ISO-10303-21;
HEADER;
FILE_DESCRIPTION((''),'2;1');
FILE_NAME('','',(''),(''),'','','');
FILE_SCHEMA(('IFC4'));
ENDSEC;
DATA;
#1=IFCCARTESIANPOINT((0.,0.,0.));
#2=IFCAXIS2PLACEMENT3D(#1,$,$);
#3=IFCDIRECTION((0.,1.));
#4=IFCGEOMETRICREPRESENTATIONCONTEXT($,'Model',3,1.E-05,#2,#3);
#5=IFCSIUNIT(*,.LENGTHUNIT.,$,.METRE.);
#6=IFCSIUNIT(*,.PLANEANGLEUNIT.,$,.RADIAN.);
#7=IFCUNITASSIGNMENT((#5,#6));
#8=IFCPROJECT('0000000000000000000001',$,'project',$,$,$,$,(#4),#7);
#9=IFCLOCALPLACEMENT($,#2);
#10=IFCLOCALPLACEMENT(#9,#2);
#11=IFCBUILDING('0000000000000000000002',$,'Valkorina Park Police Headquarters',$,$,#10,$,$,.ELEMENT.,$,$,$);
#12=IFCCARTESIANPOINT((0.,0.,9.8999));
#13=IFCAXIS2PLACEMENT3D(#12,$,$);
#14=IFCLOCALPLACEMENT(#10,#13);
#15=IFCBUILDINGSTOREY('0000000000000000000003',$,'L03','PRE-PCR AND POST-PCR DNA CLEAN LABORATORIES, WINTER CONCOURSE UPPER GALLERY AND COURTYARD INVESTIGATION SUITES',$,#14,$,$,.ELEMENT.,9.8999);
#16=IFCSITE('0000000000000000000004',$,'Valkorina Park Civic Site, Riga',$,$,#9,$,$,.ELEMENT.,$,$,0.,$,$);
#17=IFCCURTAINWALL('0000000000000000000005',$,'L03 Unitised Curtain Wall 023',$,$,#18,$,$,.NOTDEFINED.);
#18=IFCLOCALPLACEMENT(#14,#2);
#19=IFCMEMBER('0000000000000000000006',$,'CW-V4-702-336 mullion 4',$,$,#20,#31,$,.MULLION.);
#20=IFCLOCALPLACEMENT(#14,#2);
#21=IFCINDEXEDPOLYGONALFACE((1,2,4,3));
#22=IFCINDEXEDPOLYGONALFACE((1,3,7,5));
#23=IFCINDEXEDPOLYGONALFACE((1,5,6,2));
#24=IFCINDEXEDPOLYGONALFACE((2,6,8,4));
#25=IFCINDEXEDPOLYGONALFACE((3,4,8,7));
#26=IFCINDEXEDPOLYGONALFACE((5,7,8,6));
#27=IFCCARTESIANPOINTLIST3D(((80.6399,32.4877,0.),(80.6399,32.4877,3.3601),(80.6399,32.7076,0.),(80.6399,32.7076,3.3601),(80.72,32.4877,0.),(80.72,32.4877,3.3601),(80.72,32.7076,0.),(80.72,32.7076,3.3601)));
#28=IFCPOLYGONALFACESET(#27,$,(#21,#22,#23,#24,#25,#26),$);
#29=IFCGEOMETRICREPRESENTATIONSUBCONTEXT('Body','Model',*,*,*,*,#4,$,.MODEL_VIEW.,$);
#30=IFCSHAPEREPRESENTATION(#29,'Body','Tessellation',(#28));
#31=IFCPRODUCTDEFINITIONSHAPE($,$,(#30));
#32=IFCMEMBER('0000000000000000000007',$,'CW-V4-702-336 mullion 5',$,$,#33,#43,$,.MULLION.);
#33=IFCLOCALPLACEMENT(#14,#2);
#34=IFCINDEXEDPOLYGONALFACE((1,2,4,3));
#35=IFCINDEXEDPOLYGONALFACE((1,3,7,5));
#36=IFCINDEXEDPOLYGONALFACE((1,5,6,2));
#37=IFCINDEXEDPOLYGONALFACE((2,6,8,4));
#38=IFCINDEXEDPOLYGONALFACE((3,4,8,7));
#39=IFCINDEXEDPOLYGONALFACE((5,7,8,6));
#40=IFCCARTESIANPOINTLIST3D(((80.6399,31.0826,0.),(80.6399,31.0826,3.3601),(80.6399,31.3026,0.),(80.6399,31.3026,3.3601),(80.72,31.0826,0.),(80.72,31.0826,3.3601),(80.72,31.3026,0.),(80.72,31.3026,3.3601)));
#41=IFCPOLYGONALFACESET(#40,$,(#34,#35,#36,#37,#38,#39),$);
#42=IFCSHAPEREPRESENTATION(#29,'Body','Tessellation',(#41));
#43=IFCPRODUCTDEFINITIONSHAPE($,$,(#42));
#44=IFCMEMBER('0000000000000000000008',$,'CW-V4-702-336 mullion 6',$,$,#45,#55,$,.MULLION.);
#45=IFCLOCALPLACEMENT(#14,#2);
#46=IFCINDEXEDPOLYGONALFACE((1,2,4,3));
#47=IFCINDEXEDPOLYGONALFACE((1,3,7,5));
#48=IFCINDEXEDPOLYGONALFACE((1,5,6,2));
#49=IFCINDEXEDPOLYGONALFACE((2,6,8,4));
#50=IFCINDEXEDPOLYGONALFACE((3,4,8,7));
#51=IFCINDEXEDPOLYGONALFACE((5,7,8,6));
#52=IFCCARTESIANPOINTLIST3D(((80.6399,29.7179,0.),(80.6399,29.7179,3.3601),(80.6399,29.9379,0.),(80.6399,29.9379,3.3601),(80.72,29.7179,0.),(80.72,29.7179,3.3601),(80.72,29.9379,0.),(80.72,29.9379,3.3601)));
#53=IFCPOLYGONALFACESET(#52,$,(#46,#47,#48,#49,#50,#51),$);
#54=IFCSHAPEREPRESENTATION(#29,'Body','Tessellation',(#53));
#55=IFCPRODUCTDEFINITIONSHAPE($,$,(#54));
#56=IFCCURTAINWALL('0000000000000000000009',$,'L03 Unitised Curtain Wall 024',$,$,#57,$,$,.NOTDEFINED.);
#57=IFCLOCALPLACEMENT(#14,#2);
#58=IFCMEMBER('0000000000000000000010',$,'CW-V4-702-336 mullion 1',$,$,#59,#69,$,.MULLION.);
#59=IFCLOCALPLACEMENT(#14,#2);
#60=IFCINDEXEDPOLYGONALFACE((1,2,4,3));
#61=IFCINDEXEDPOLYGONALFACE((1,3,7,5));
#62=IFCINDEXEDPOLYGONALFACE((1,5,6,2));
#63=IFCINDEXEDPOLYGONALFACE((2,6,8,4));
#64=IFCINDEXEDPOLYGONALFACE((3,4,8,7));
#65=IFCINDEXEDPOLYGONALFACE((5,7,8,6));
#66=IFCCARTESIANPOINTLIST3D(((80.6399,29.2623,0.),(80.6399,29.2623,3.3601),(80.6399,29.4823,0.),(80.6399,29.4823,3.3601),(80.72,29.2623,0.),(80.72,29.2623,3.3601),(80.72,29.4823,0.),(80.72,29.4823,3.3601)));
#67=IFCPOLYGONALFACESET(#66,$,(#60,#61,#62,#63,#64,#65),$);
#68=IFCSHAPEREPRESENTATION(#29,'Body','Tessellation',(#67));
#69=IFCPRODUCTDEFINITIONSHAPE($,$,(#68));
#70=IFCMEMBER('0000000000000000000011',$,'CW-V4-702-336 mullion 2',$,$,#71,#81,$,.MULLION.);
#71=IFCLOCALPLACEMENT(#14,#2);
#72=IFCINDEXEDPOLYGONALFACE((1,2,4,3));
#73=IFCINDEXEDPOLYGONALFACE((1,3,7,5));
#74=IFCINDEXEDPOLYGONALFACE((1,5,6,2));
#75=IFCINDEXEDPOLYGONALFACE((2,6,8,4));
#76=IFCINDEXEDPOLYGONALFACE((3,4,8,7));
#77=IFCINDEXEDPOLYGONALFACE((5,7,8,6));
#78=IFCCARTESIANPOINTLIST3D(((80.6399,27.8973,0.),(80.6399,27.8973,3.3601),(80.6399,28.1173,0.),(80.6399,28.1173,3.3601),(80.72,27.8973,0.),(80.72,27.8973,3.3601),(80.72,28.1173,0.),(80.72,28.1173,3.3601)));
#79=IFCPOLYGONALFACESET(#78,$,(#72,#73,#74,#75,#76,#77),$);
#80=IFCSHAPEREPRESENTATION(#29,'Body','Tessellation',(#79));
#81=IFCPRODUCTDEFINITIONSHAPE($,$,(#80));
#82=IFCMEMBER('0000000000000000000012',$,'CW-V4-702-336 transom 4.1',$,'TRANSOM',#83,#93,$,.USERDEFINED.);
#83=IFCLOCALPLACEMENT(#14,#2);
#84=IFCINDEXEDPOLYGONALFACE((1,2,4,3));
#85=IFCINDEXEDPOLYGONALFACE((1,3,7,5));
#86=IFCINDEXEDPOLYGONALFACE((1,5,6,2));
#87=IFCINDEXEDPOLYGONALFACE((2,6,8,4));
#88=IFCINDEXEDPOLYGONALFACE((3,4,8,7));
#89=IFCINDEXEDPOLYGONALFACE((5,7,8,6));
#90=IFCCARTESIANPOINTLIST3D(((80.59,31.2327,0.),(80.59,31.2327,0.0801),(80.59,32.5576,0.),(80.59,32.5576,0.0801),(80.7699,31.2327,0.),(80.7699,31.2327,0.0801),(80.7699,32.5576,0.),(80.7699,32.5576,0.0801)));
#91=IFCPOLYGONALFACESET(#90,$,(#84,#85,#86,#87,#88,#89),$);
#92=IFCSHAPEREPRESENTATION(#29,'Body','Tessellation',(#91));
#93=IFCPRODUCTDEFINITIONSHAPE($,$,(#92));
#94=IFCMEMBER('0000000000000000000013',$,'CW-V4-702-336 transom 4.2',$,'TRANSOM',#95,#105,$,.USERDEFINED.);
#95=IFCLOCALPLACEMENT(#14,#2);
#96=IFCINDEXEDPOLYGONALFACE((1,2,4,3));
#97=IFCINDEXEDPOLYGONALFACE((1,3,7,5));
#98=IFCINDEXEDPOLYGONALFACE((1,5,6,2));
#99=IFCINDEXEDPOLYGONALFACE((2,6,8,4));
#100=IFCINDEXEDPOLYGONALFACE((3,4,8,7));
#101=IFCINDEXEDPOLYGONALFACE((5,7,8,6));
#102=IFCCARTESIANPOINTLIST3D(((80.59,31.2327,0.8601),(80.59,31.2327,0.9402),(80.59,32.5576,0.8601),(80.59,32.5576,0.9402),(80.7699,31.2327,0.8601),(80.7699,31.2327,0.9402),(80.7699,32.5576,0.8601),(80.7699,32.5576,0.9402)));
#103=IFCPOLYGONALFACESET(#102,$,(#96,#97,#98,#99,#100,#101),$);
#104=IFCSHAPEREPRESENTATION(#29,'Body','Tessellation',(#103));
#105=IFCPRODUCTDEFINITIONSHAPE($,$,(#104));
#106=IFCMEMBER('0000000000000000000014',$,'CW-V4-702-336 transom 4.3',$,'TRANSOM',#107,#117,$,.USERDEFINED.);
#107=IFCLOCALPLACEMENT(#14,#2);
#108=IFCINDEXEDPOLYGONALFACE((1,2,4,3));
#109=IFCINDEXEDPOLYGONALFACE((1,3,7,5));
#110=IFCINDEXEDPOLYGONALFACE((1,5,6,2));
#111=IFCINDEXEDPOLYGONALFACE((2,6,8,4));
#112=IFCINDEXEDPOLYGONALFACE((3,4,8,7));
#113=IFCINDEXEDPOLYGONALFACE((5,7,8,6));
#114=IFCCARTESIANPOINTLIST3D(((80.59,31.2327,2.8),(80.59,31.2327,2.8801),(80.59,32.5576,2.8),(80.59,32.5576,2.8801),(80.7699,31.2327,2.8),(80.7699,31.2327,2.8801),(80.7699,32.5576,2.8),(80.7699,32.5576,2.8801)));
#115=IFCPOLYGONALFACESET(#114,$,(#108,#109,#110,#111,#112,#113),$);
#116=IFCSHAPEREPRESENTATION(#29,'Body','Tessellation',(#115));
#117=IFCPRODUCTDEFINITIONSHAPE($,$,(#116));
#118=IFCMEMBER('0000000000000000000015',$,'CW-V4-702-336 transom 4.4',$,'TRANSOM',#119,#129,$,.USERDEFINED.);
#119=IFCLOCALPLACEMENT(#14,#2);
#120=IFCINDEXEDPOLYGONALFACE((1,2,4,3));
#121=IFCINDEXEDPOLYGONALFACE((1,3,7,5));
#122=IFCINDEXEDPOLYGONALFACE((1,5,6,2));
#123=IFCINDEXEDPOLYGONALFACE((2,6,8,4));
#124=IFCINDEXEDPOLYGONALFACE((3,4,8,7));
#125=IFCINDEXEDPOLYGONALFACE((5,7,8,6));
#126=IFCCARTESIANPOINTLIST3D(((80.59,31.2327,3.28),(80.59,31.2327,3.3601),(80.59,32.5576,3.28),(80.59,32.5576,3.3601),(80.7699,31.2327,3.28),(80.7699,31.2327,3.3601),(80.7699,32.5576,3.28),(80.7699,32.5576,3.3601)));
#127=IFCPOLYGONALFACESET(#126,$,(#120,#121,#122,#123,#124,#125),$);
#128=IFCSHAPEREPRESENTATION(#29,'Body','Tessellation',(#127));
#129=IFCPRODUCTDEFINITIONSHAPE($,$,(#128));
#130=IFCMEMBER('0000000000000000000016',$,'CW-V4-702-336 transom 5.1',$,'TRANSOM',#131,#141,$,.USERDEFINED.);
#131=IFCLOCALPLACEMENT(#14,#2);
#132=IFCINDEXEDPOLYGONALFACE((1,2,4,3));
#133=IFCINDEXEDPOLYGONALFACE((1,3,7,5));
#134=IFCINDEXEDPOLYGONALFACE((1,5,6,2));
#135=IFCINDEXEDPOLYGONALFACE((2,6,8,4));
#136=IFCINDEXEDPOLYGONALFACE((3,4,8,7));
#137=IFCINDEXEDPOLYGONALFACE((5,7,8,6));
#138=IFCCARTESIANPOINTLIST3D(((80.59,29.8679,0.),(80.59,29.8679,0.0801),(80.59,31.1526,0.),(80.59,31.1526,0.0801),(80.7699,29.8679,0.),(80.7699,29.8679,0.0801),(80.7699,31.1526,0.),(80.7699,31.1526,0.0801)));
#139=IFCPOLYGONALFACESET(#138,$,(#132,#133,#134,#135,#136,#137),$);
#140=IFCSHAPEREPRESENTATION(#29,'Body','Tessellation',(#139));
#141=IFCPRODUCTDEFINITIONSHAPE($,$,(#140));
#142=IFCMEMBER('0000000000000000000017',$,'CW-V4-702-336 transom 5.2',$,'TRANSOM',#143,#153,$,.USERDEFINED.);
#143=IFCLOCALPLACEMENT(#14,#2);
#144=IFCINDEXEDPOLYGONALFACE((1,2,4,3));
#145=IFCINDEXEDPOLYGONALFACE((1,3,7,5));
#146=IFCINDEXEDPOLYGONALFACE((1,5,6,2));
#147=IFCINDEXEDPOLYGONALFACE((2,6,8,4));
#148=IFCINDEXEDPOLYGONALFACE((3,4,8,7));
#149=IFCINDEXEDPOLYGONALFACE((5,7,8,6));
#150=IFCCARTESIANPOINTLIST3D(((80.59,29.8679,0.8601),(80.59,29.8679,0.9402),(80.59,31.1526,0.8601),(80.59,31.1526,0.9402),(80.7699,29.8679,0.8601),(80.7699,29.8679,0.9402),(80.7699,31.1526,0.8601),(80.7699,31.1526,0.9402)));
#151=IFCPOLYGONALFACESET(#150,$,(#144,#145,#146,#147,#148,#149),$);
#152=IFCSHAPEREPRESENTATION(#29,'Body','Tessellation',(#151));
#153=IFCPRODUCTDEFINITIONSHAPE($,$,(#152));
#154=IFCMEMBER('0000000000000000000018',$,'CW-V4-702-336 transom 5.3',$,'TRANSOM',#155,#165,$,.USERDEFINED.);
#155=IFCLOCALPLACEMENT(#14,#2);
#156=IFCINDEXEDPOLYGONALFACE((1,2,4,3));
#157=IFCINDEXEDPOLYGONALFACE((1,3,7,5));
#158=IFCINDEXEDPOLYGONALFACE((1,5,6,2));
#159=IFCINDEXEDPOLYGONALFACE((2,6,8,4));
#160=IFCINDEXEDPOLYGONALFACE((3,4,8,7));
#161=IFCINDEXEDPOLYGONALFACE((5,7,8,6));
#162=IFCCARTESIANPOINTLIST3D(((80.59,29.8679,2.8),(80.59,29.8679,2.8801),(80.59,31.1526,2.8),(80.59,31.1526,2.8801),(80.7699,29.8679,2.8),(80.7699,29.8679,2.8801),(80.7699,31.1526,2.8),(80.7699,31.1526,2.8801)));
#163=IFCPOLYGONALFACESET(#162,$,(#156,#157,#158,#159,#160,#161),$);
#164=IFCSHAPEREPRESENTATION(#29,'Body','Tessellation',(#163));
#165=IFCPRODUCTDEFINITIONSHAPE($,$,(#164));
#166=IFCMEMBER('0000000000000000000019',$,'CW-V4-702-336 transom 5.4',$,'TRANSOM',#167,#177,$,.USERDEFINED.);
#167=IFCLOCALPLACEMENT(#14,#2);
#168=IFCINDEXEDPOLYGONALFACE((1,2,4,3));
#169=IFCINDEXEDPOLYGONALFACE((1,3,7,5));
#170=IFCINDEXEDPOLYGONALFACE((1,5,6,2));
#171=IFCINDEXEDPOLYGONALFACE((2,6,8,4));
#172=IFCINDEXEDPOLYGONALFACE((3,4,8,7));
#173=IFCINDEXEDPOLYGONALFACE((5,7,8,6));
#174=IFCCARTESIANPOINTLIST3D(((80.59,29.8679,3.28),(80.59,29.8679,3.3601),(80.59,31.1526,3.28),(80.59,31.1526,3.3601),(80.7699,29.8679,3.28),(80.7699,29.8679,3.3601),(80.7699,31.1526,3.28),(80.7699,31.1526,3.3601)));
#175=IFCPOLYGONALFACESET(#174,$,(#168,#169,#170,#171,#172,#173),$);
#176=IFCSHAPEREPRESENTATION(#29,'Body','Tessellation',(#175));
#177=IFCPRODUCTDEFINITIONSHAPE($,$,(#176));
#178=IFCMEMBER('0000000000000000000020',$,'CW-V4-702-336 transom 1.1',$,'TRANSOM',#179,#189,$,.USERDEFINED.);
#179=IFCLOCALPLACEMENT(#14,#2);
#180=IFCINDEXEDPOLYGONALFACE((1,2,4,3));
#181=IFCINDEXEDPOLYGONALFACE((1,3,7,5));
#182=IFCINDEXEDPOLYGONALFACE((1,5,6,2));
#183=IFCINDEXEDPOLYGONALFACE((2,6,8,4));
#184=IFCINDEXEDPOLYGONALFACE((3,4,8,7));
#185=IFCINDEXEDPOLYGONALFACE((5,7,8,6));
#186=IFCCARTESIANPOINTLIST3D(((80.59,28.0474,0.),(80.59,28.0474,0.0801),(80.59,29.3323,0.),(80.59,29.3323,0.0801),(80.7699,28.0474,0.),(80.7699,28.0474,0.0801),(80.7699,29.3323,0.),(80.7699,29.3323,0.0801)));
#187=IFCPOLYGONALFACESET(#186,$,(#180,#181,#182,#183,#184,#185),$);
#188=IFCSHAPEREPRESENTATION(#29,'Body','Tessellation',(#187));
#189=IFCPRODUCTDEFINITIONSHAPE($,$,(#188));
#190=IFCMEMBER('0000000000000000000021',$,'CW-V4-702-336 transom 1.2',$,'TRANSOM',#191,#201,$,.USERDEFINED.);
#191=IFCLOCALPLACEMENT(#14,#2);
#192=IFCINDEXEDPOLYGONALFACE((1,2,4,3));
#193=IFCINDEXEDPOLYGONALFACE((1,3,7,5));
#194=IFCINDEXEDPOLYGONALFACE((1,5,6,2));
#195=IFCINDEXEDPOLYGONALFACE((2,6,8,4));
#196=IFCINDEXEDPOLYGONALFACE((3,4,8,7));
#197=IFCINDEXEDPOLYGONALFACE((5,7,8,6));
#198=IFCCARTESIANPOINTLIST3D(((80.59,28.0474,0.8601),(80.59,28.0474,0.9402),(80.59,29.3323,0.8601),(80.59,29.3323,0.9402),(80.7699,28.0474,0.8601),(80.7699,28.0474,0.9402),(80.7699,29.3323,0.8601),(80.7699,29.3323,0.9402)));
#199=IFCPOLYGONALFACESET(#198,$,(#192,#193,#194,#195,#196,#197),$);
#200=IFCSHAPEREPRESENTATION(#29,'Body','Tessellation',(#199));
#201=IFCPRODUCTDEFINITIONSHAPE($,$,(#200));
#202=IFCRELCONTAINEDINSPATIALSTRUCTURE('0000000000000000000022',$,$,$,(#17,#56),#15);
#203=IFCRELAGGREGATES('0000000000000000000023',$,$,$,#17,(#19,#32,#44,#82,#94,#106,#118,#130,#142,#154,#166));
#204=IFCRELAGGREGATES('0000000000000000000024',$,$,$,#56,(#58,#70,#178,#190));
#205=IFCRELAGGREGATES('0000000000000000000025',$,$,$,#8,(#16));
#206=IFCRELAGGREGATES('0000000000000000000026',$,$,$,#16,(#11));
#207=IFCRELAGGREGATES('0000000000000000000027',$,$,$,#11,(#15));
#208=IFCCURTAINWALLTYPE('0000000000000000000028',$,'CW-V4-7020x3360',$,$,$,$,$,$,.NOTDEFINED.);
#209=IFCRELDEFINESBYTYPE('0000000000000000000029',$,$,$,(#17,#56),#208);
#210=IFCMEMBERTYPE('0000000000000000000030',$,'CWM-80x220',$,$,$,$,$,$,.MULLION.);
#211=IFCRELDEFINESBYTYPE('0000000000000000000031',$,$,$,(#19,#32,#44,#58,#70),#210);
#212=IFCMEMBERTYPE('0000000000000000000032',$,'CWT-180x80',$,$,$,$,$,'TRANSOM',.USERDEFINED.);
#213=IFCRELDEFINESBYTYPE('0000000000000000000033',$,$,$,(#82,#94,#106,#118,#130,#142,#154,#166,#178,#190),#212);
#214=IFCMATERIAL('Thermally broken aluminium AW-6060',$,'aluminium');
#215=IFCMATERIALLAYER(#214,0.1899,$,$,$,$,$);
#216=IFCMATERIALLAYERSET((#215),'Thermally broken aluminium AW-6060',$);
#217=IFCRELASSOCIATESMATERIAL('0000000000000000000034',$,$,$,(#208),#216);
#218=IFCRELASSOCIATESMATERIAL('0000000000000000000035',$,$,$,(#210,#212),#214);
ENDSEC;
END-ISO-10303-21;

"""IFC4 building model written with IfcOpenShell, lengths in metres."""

from ifc_helpers import new_model, si_unit, direction, frame, origin, origin_2d, place, context, subcontext, project, spatial, rectangle, extrude, material, layer, layer_set, material_profile, profile_set, type_object, element, aggregate, save


model = new_model("IFC4")

# Units and contexts
model_context = context("Model", 3, precision=1e-05, world=origin(), true_north=direction((0.0, 1.0)))
body_context = subcontext(model_context, "Body", "Model", "MODEL_VIEW")
ifc_project = project(units=[si_unit("LENGTHUNIT", "METRE"), si_unit("PLANEANGLEUNIT", "RADIAN")], contexts=[model_context])

# Site, building, storey
site_placement = place(None, origin())
site = spatial("IfcSite", under=ifc_project, at=site_placement, Name="Valkorina Park Civic Site, Riga", CompositionType="ELEMENT", RefElevation=0.0)
building_placement = place(site_placement, origin())
building = spatial("IfcBuilding", under=site, at=building_placement, Name="Valkorina Park Police Headquarters", CompositionType="ELEMENT")
storey_placement = place(building_placement, frame((0.0, 0.0, 9.8999)))
storey = spatial("IfcBuildingStorey", under=building, at=storey_placement, Name="L03", Description="PRE-PCR AND POST-PCR DNA CLEAN LABORATORIES, WINTER CONCOURSE UPPER GALLERY AND COURTYARD INVESTIGATION SUITES", CompositionType="ELEMENT", Elevation=9.8999)

# Curtain walls, members
ifc_material_1 = material(Name="Thermally broken aluminium AW-6060", Category="aluminium")
ifc_layer_1 = layer(ifc_material_1, 0.1899)
ifc_layer_set_1 = layer_set([ifc_layer_1], Name="Thermally broken aluminium AW-6060")
curtain_wall_type = type_object("IfcCurtainWallType", Name="CW-V4-7020x3360", PredefinedType="NOTDEFINED", material=ifc_layer_set_1)
curtain_wall_1_placement = place(storey_placement, origin())
curtain_wall_1 = element("IfcCurtainWall", 1, at=curtain_wall_1_placement, inside=storey, type_object=curtain_wall_type, Name="L03 Unitised Curtain Wall 023", PredefinedType="NOTDEFINED")
ifc_material_profile_1 = material_profile(ifc_material_1, rectangle(XDim=0.0801, YDim=0.22, at=origin_2d()), Name="CWM-03 80x220")
ifc_profile_set_1 = profile_set([ifc_material_profile_1], Name="Thermally broken aluminium AW-6060")
member_type_1 = type_object("IfcMemberType", Name="CWM-80x220", PredefinedType="MULLION", material=ifc_profile_set_1)
member_1_placement = place(storey_placement, frame((80.6799, 32.5977, 0.0), z_axis=(0.0, 0.0, 1.0), x_axis=(1.0, 0.0, 0.0)))
member_1 = element("IfcMember", 2, at=member_1_placement, type_object=member_type_1, Name="CW-V4-702-336 mullion 4", PredefinedType="MULLION", context=body_context, shape_type="SweptSolid", body=[
    extrude(rectangle(XDim=0.0801, YDim=0.22, at=origin_2d()), origin(), (0.0, 0.0, 1.0), 3.3601),
])
member_2_placement = place(storey_placement, frame((80.6799, 31.1926, 0.0), z_axis=(0.0, 0.0, 1.0), x_axis=(1.0, 0.0, 0.0)))
member_2 = element("IfcMember", 3, at=member_2_placement, type_object=member_type_1, Name="CW-V4-702-336 mullion 5", PredefinedType="MULLION", context=body_context, shape_type="SweptSolid", body=[
    extrude(rectangle(XDim=0.0801, YDim=0.22, at=origin_2d()), origin(), (0.0, 0.0, 1.0), 3.3601),
])
member_3_placement = place(storey_placement, frame((80.6799, 29.8279, 0.0), z_axis=(0.0, 0.0, 1.0), x_axis=(1.0, 0.0, 0.0)))
member_3 = element("IfcMember", 4, at=member_3_placement, type_object=member_type_1, Name="CW-V4-702-336 mullion 6", PredefinedType="MULLION", context=body_context, shape_type="SweptSolid", body=[
    extrude(rectangle(XDim=0.0801, YDim=0.22, at=origin_2d()), origin(), (0.0, 0.0, 1.0), 3.3601),
])
curtain_wall_2_placement = place(storey_placement, origin())
curtain_wall_2 = element("IfcCurtainWall", 5, at=curtain_wall_2_placement, inside=storey, type_object=curtain_wall_type, Name="L03 Unitised Curtain Wall 024", PredefinedType="NOTDEFINED")
member_4_placement = place(storey_placement, frame((80.6799, 29.3723, 0.0), z_axis=(0.0, 0.0, 1.0), x_axis=(1.0, 0.0, 0.0)))
member_4 = element("IfcMember", 6, at=member_4_placement, type_object=member_type_1, Name="CW-V4-702-336 mullion 1", PredefinedType="MULLION", context=body_context, shape_type="SweptSolid", body=[
    extrude(rectangle(XDim=0.0801, YDim=0.22, at=origin_2d()), origin(), (0.0, 0.0, 1.0), 3.3601),
])
member_5_placement = place(storey_placement, frame((80.6799, 28.0073, 0.0), z_axis=(0.0, 0.0, 1.0), x_axis=(1.0, 0.0, 0.0)))
member_5 = element("IfcMember", 7, at=member_5_placement, type_object=member_type_1, Name="CW-V4-702-336 mullion 2", PredefinedType="MULLION", context=body_context, shape_type="SweptSolid", body=[
    extrude(rectangle(XDim=0.0801, YDim=0.22, at=origin_2d()), origin(), (0.0, 0.0, 1.0), 3.3601),
])

# Members
ifc_material_profile_2 = material_profile(ifc_material_1, rectangle(XDim=0.1799, YDim=0.0801, at=origin_2d()), Name="CWT-03 180x80")
ifc_profile_set_2 = profile_set([ifc_material_profile_2], Name="Thermally broken aluminium AW-6060")
member_type_2 = type_object("IfcMemberType", Name="CWT-180x80", ElementType="TRANSOM", PredefinedType="USERDEFINED", material=ifc_profile_set_2)
member_6_placement = place(storey_placement, frame((80.6799, 32.5576, 0.04), z_axis=(0.0, -1.0, 0.0), x_axis=(1.0, 0.0, 0.0)))
member_6 = element("IfcMember", 8, at=member_6_placement, type_object=member_type_2, Name="CW-V4-702-336 transom 4.1", ObjectType="TRANSOM", PredefinedType="USERDEFINED", context=body_context, shape_type="SweptSolid", body=[
    extrude(rectangle(XDim=0.1799, YDim=0.0801, at=origin_2d()), origin(), (0.0, 0.0, 1.0), 1.325),
])
member_7_placement = place(storey_placement, frame((80.6799, 32.5576, 0.9001), z_axis=(0.0, -1.0, 0.0), x_axis=(1.0, 0.0, 0.0)))
member_7 = element("IfcMember", 9, at=member_7_placement, type_object=member_type_2, Name="CW-V4-702-336 transom 4.2", ObjectType="TRANSOM", PredefinedType="USERDEFINED", context=body_context, shape_type="SweptSolid", body=[
    extrude(rectangle(XDim=0.1799, YDim=0.0801, at=origin_2d()), origin(), (0.0, 0.0, 1.0), 1.325),
])
member_8_placement = place(storey_placement, frame((80.6799, 32.5576, 2.8401), z_axis=(0.0, -1.0, 0.0), x_axis=(1.0, 0.0, 0.0)))
member_8 = element("IfcMember", 10, at=member_8_placement, type_object=member_type_2, Name="CW-V4-702-336 transom 4.3", ObjectType="TRANSOM", PredefinedType="USERDEFINED", context=body_context, shape_type="SweptSolid", body=[
    extrude(rectangle(XDim=0.1799, YDim=0.0801, at=origin_2d()), origin(), (0.0, 0.0, 1.0), 1.325),
])
member_9_placement = place(storey_placement, frame((80.6799, 32.5576, 3.3201), z_axis=(0.0, -1.0, 0.0), x_axis=(1.0, 0.0, 0.0)))
member_9 = element("IfcMember", 11, at=member_9_placement, type_object=member_type_2, Name="CW-V4-702-336 transom 4.4", ObjectType="TRANSOM", PredefinedType="USERDEFINED", context=body_context, shape_type="SweptSolid", body=[
    extrude(rectangle(XDim=0.1799, YDim=0.0801, at=origin_2d()), origin(), (0.0, 0.0, 1.0), 1.325),
])
member_10_placement = place(storey_placement, frame((80.6799, 31.1526, 0.04), z_axis=(0.0, -1.0, 0.0), x_axis=(1.0, 0.0, 0.0)))
member_10 = element("IfcMember", 12, at=member_10_placement, type_object=member_type_2, Name="CW-V4-702-336 transom 5.1", ObjectType="TRANSOM", PredefinedType="USERDEFINED", context=body_context, shape_type="SweptSolid", body=[
    extrude(rectangle(XDim=0.1799, YDim=0.0801, at=origin_2d()), origin(), (0.0, 0.0, 1.0), 1.2847),
])
member_11_placement = place(storey_placement, frame((80.6799, 31.1526, 0.9001), z_axis=(0.0, -1.0, 0.0), x_axis=(1.0, 0.0, 0.0)))
member_11 = element("IfcMember", 13, at=member_11_placement, type_object=member_type_2, Name="CW-V4-702-336 transom 5.2", ObjectType="TRANSOM", PredefinedType="USERDEFINED", context=body_context, shape_type="SweptSolid", body=[
    extrude(rectangle(XDim=0.1799, YDim=0.0801, at=origin_2d()), origin(), (0.0, 0.0, 1.0), 1.2847),
])
member_12_placement = place(storey_placement, frame((80.6799, 31.1526, 2.8401), z_axis=(0.0, -1.0, 0.0), x_axis=(1.0, 0.0, 0.0)))
member_12 = element("IfcMember", 14, at=member_12_placement, type_object=member_type_2, Name="CW-V4-702-336 transom 5.3", ObjectType="TRANSOM", PredefinedType="USERDEFINED", context=body_context, shape_type="SweptSolid", body=[
    extrude(rectangle(XDim=0.1799, YDim=0.0801, at=origin_2d()), origin(), (0.0, 0.0, 1.0), 1.2847),
])
member_13_placement = place(storey_placement, frame((80.6799, 31.1526, 3.3201), z_axis=(0.0, -1.0, 0.0), x_axis=(1.0, 0.0, 0.0)))
member_13 = element("IfcMember", 15, at=member_13_placement, type_object=member_type_2, Name="CW-V4-702-336 transom 5.4", ObjectType="TRANSOM", PredefinedType="USERDEFINED", context=body_context, shape_type="SweptSolid", body=[
    extrude(rectangle(XDim=0.1799, YDim=0.0801, at=origin_2d()), origin(), (0.0, 0.0, 1.0), 1.2847),
])
member_14_placement = place(storey_placement, frame((80.6799, 29.3323, 0.04), z_axis=(0.0, -1.0, 0.0), x_axis=(1.0, 0.0, 0.0)))
member_14 = element("IfcMember", 16, at=member_14_placement, type_object=member_type_2, Name="CW-V4-702-336 transom 1.1", ObjectType="TRANSOM", PredefinedType="USERDEFINED", context=body_context, shape_type="SweptSolid", body=[
    extrude(rectangle(XDim=0.1799, YDim=0.0801, at=origin_2d()), origin(), (0.0, 0.0, 1.0), 1.2849),
])
member_15_placement = place(storey_placement, frame((80.6799, 29.3323, 0.9001), z_axis=(0.0, -1.0, 0.0), x_axis=(1.0, 0.0, 0.0)))
member_15 = element("IfcMember", 17, at=member_15_placement, type_object=member_type_2, Name="CW-V4-702-336 transom 1.2", ObjectType="TRANSOM", PredefinedType="USERDEFINED", context=body_context, shape_type="SweptSolid", body=[
    extrude(rectangle(XDim=0.1799, YDim=0.0801, at=origin_2d()), origin(), (0.0, 0.0, 1.0), 1.2849),
])

aggregate(curtain_wall_1, [member_1, member_2, member_3, member_6, member_7, member_8, member_9, member_10, member_11, member_12, member_13])
aggregate(curtain_wall_2, [member_4, member_5, member_14, member_15])

save(model, "model.ifc")
